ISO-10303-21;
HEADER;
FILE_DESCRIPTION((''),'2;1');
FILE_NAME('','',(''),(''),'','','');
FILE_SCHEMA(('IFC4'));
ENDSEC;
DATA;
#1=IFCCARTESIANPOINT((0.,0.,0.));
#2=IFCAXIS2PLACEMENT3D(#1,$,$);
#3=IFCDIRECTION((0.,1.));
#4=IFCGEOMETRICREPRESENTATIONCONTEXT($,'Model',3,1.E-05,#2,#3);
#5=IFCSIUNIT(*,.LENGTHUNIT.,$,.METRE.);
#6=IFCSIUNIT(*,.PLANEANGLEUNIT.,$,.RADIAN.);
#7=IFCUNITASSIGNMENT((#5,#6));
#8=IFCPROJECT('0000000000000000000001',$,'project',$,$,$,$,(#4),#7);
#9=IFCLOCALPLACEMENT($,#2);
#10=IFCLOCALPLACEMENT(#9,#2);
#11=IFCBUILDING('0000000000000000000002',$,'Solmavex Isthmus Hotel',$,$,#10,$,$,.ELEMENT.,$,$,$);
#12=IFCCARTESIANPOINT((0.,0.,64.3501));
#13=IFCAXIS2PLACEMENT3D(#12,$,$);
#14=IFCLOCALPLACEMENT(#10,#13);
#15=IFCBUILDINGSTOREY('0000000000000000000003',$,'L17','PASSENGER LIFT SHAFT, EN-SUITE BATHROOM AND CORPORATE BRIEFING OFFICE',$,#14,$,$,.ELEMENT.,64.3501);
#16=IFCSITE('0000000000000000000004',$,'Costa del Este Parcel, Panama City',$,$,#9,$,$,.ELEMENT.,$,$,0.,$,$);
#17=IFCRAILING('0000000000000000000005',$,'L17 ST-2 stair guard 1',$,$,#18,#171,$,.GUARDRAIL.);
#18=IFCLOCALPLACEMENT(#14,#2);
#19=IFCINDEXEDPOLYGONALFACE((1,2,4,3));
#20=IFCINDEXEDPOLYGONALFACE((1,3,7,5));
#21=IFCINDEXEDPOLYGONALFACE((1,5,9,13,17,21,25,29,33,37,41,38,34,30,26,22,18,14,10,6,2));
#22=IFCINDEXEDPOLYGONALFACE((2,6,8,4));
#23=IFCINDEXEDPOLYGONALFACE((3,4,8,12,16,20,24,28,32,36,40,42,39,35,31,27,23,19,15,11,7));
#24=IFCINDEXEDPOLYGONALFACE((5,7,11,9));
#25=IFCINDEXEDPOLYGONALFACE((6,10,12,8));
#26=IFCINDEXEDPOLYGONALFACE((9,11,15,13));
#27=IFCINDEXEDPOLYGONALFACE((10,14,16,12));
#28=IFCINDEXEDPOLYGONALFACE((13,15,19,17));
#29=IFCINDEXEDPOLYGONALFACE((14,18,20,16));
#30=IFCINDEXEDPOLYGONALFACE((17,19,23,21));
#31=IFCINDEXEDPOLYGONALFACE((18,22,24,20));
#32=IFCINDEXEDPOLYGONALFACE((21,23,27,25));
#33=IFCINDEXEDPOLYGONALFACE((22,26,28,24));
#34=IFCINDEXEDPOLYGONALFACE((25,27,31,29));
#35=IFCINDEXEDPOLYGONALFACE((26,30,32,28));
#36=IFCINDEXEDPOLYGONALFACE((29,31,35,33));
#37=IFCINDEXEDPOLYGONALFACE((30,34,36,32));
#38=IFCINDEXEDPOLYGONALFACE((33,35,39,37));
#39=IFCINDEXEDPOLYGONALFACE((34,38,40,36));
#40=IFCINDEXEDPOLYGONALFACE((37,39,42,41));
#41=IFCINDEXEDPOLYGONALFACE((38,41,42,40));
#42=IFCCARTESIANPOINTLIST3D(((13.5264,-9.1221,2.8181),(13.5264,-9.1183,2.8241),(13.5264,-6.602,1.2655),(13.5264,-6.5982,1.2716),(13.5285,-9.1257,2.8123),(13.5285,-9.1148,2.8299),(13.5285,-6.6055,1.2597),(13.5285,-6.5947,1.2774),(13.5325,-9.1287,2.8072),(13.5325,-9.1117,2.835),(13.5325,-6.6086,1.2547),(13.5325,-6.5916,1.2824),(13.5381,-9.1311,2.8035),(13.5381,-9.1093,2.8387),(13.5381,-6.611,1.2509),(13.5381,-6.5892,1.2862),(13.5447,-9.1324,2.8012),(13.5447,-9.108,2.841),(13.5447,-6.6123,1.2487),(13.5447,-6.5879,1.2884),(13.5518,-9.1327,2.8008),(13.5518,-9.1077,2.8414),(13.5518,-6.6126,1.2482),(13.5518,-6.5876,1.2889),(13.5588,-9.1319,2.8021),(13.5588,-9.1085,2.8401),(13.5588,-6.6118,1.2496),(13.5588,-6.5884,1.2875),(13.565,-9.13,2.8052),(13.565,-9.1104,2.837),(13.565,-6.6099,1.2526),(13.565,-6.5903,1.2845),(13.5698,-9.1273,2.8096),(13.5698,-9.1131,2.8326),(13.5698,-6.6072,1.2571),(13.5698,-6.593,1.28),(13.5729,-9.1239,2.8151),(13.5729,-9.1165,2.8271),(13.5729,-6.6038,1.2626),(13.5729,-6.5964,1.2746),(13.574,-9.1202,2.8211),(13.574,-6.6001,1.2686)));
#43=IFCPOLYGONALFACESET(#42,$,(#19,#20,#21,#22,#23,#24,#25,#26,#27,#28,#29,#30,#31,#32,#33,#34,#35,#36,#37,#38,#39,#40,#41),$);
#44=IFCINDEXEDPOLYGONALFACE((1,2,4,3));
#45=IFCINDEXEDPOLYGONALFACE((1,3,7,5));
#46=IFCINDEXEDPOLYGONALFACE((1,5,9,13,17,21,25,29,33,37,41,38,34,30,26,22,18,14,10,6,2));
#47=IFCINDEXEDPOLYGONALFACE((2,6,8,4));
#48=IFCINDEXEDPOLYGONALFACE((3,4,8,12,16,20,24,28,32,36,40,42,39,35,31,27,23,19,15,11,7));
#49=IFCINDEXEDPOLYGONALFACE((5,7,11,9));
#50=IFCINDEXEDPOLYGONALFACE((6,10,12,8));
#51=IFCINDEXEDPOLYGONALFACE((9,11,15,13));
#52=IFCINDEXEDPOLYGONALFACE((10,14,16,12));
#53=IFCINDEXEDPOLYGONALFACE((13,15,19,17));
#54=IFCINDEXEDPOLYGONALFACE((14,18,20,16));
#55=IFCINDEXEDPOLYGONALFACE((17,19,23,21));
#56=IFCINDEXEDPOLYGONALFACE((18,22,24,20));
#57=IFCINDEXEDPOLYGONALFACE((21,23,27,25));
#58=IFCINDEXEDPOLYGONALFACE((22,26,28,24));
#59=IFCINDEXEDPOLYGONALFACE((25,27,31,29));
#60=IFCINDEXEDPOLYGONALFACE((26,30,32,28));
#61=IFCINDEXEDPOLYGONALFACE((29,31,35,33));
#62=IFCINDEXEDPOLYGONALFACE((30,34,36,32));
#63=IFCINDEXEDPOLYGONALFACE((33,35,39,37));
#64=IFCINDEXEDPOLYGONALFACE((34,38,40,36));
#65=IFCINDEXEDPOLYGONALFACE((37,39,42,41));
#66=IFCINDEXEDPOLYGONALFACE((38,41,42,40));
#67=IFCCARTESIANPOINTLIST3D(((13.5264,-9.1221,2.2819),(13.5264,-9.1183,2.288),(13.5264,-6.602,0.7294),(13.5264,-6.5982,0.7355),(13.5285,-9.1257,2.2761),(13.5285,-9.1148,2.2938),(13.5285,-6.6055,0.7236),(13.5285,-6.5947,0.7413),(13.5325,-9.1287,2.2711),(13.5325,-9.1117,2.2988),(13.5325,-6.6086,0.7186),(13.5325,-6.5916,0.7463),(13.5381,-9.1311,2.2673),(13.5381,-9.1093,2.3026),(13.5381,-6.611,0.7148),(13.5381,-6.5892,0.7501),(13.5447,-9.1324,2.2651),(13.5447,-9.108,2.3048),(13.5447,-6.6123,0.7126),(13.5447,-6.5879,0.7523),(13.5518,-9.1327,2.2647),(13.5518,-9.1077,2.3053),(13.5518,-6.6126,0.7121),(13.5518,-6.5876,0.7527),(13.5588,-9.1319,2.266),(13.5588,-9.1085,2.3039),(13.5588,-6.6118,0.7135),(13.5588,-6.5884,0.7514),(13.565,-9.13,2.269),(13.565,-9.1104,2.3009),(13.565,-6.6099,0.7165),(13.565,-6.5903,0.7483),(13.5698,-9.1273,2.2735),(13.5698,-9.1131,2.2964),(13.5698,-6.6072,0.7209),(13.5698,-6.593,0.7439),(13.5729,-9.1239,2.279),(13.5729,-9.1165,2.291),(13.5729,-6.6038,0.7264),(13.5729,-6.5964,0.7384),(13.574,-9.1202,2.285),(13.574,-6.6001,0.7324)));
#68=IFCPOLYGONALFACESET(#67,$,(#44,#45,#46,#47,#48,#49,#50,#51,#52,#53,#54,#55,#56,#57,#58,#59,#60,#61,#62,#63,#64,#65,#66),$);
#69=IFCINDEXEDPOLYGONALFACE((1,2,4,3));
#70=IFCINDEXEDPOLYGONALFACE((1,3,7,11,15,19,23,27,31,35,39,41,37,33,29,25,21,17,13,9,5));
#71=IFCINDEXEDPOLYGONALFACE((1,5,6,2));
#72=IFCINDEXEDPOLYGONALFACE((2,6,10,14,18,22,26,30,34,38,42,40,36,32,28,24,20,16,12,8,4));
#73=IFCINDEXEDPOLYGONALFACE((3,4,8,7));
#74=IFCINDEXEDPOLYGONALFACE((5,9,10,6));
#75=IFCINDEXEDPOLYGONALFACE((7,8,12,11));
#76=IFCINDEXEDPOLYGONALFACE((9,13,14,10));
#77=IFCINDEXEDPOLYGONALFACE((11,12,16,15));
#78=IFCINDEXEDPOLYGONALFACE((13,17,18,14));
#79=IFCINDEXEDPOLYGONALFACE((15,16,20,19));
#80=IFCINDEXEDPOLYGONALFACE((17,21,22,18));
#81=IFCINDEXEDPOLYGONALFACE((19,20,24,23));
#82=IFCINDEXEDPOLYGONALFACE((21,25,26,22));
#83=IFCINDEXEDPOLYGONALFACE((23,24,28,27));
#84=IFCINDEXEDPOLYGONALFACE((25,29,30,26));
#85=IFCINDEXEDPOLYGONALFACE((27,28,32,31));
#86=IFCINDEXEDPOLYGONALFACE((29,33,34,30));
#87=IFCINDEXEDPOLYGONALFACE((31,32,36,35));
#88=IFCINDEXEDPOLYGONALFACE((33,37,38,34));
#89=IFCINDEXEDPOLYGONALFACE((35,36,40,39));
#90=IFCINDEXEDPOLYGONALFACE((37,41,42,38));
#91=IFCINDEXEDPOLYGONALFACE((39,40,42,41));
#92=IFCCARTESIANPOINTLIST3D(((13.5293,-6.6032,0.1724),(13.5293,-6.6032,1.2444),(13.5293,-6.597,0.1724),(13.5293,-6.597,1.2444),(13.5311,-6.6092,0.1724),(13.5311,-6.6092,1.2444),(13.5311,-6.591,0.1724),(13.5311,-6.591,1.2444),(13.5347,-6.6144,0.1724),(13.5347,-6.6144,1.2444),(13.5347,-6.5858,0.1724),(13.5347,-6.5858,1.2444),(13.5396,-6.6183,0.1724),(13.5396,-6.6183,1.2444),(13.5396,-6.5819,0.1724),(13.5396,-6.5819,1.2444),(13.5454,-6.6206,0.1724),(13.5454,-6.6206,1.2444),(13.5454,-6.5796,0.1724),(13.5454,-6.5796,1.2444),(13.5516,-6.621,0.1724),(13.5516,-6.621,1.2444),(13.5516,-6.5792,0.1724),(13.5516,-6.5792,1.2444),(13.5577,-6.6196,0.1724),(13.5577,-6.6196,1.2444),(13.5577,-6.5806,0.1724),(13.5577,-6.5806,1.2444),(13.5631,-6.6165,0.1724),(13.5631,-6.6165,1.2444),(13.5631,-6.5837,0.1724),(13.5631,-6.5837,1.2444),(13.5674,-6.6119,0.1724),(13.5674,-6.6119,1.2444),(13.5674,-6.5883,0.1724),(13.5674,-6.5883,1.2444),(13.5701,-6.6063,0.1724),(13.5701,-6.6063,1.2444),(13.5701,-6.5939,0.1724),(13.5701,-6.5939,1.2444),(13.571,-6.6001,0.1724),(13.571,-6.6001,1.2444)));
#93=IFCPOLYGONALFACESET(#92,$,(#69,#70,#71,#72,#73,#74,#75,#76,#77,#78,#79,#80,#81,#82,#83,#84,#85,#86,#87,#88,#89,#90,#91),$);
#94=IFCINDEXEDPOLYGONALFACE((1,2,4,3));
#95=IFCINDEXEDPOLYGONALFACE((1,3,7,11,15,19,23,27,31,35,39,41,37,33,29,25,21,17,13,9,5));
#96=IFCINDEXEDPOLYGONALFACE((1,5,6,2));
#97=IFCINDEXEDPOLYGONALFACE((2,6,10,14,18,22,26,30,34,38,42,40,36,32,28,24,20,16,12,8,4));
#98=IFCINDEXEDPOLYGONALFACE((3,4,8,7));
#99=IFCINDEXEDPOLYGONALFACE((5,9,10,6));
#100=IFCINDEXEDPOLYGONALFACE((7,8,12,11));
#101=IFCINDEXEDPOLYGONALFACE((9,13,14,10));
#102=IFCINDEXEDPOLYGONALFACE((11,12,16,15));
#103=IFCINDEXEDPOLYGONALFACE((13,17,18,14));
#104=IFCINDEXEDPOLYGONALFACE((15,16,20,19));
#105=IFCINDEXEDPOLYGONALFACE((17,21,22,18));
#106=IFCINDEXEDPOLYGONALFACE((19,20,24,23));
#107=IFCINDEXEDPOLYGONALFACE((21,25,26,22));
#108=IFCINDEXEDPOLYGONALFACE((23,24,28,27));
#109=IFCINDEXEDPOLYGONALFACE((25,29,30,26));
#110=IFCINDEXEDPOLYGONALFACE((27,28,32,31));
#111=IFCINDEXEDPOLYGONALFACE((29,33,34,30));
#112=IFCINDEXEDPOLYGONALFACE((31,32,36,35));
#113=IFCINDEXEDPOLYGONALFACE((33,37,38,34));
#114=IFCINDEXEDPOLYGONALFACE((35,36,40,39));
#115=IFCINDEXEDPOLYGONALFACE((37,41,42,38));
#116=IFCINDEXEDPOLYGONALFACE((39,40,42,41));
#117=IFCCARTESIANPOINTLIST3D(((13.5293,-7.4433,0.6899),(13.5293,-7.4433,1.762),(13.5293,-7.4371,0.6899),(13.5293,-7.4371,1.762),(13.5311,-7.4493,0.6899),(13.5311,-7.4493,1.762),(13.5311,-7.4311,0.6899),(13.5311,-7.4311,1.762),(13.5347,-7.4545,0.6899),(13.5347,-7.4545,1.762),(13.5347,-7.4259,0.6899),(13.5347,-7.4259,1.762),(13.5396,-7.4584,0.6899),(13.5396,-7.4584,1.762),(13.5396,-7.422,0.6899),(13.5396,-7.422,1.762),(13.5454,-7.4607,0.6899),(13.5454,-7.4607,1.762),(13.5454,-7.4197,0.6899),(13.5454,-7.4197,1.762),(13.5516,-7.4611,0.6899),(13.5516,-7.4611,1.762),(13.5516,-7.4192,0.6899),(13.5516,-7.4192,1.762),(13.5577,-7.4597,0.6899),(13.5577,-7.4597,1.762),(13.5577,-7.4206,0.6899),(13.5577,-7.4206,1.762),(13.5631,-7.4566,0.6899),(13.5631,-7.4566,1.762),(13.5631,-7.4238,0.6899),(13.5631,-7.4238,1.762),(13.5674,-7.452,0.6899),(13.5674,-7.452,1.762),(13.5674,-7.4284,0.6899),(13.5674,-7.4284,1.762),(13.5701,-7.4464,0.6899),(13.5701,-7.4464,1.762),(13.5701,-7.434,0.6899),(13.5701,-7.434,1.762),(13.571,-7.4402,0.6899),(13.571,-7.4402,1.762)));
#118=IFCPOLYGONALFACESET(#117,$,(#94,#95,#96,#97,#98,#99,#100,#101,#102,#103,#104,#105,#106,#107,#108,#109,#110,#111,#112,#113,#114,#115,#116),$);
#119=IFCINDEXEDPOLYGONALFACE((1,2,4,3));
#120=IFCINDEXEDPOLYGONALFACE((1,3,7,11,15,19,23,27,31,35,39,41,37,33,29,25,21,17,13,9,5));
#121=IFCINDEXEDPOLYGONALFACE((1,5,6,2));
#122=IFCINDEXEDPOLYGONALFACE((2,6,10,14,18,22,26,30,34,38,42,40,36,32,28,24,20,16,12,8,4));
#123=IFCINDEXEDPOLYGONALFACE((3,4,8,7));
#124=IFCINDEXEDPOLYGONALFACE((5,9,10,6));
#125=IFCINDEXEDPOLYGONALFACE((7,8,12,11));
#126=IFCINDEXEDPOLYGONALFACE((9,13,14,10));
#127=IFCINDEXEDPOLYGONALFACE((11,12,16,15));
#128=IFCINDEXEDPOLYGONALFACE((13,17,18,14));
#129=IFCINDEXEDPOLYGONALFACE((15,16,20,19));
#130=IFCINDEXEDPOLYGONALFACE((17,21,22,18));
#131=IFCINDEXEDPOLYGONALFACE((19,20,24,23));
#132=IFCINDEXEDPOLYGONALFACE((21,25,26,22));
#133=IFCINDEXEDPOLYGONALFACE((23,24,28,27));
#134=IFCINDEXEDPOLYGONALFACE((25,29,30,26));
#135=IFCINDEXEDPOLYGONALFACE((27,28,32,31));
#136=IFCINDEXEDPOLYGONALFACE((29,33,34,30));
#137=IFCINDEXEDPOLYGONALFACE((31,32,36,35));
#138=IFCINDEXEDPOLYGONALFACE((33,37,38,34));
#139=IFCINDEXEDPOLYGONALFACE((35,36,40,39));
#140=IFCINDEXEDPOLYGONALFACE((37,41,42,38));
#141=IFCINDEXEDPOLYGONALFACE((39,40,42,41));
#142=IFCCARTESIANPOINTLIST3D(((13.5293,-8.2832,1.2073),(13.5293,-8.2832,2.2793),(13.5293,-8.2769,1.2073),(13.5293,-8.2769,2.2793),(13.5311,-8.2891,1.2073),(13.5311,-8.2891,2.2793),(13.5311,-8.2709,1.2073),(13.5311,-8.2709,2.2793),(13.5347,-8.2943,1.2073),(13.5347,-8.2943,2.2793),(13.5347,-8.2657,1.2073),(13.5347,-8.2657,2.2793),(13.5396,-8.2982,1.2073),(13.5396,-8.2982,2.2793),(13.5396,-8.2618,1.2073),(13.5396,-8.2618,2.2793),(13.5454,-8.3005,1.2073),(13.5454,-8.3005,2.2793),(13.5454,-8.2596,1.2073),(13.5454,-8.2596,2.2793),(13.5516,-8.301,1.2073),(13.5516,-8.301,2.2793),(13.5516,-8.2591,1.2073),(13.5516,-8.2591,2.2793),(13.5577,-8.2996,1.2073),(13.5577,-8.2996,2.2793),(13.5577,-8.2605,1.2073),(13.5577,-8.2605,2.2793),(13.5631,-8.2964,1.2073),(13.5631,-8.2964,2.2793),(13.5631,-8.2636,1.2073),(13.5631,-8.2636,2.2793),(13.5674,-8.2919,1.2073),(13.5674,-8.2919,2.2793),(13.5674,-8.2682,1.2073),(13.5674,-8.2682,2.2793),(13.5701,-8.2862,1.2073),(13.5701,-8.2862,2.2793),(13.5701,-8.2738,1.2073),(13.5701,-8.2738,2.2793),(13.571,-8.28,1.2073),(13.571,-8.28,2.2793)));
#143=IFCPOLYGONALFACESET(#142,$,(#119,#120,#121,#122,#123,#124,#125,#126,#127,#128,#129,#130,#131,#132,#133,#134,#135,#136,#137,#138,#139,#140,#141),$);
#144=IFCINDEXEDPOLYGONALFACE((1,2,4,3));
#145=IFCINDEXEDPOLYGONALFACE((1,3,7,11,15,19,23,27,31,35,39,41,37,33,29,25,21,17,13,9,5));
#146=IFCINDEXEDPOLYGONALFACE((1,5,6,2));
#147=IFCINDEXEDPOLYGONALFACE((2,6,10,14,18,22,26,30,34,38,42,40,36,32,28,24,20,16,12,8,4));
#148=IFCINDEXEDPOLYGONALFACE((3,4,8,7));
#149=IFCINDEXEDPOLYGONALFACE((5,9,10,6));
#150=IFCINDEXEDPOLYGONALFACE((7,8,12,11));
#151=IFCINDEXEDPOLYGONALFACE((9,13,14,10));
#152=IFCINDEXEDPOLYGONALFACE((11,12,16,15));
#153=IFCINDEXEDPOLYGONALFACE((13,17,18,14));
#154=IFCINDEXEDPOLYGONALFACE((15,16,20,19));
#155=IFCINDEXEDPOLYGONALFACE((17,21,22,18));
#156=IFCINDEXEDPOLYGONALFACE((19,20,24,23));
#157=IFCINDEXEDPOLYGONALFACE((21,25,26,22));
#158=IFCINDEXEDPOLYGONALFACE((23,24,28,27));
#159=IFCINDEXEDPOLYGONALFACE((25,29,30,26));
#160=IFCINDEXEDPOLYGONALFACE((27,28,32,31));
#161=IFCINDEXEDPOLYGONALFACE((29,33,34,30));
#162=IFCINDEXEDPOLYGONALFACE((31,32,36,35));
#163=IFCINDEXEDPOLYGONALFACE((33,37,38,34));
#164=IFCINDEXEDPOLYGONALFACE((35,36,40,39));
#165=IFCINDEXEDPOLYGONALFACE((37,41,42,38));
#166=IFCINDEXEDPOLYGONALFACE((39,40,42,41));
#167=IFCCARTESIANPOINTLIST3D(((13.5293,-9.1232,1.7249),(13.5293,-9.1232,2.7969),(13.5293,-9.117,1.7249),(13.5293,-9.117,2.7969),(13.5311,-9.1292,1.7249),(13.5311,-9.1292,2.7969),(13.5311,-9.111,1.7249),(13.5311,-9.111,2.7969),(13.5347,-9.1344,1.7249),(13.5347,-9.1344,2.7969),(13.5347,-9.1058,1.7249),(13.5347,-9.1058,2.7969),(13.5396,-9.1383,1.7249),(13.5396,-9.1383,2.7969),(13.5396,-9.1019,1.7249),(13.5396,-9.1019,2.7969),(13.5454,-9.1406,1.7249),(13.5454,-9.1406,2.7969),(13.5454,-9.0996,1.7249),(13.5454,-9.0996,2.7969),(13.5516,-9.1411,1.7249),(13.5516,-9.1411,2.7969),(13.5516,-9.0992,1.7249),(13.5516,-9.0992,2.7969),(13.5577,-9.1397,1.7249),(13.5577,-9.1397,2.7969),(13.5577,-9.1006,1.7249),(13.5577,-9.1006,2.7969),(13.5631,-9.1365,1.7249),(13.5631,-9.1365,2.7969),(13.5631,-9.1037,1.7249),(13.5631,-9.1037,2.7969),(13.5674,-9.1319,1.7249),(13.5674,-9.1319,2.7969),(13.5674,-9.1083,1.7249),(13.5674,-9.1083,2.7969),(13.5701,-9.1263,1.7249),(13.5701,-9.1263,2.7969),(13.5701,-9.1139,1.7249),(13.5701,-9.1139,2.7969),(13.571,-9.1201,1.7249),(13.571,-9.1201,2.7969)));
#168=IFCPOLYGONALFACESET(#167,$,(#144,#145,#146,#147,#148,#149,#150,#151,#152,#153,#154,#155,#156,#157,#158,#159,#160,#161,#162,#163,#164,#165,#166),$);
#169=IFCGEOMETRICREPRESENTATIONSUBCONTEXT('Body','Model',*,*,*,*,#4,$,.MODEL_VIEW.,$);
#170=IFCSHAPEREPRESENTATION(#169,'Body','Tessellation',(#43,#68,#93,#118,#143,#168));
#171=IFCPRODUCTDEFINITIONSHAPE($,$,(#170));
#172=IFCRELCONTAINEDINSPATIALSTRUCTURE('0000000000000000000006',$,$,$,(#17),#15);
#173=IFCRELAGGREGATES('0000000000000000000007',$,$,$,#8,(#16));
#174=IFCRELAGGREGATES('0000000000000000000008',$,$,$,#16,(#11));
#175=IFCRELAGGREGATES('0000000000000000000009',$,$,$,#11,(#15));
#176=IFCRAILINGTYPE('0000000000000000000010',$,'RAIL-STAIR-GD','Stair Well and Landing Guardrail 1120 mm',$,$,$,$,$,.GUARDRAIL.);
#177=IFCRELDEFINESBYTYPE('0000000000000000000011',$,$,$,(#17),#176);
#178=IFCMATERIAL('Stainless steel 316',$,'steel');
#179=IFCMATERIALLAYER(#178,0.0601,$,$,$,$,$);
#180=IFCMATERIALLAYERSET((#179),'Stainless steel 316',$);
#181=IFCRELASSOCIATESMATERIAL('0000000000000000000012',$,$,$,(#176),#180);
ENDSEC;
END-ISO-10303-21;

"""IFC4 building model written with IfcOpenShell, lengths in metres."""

from ifc_helpers import new_model, si_unit, direction, frame, origin, origin_2d, place, context, subcontext, project, spatial, circle, extrude, material, layer, layer_set, type_object, element, save


model = new_model("IFC4")

# Units and contexts
model_context = context("Model", 3, precision=1e-05, world=origin(), true_north=direction((0.0, 1.0)))
body_context = subcontext(model_context, "Body", "Model", "MODEL_VIEW")
ifc_project = project(units=[si_unit("LENGTHUNIT", "METRE"), si_unit("PLANEANGLEUNIT", "RADIAN")], contexts=[model_context])

# Site, building, storey
site_placement = place(None, origin())
site = spatial("IfcSite", under=ifc_project, at=site_placement, Name="Costa del Este Parcel, Panama City", CompositionType="ELEMENT", RefElevation=0.0)
building_placement = place(site_placement, origin())
building = spatial("IfcBuilding", under=site, at=building_placement, Name="Solmavex Isthmus Hotel", CompositionType="ELEMENT")
storey_placement = place(building_placement, frame((0.0, 0.0, 64.3501)))
storey = spatial("IfcBuildingStorey", under=building, at=storey_placement, Name="L17", Description="PASSENGER LIFT SHAFT, EN-SUITE BATHROOM AND CORPORATE BRIEFING OFFICE", CompositionType="ELEMENT", Elevation=64.3501)

# Railing
ifc_material_1 = material(Name="Stainless steel 316", Category="steel")
ifc_layer_1 = layer(ifc_material_1, 0.0601)
ifc_layer_set_1 = layer_set([ifc_layer_1], Name="Stainless steel 316")
railing_type_1 = type_object("IfcRailingType", Name="RAIL-STAIR-GD", Description="Stair Well and Landing Guardrail 1120 mm", PredefinedType="GUARDRAIL", material=ifc_layer_set_1)
railing_1_placement = place(storey_placement, frame((13.55, -6.6001, 0.1724)))
element("IfcRailing", 1, at=railing_1_placement, inside=storey, type_object=railing_type_1, Name="L17 ST-2 stair guard 1", PredefinedType="GUARDRAIL", context=body_context, shape_type="SweptSolid", body=[
    extrude(circle(Radius=0.0239, at=origin_2d()), frame((0.0, 0.0, 1.0962), z_axis=(0.0, -0.8514, 0.524516), x_axis=(1.0, 0.0, 0.0)), (0.0, 0.0, 1.0), 2.96),
    extrude(circle(Radius=0.0239, at=origin_2d()), frame((0.0, 0.0, 0.5601), z_axis=(0.0, -0.8514, 0.524516), x_axis=(1.0, 0.0, 0.0)), (0.0, 0.0, 1.0), 2.96),
    extrude(circle(Radius=0.021, at=origin_2d()), origin(), (0.0, 0.0, 1.0), 1.072),
    extrude(circle(Radius=0.021, at=origin_2d()), frame((0.0, -0.8401, 0.5176)), (0.0, 0.0, 1.0), 1.072),
    extrude(circle(Radius=0.021, at=origin_2d()), frame((0.0, -1.6799, 1.0349)), (0.0, 0.0, 1.0), 1.072),
    extrude(circle(Radius=0.021, at=origin_2d()), frame((0.0, -2.52, 1.5525)), (0.0, 0.0, 1.0), 1.072),
])

save(model, "model.ifc")
